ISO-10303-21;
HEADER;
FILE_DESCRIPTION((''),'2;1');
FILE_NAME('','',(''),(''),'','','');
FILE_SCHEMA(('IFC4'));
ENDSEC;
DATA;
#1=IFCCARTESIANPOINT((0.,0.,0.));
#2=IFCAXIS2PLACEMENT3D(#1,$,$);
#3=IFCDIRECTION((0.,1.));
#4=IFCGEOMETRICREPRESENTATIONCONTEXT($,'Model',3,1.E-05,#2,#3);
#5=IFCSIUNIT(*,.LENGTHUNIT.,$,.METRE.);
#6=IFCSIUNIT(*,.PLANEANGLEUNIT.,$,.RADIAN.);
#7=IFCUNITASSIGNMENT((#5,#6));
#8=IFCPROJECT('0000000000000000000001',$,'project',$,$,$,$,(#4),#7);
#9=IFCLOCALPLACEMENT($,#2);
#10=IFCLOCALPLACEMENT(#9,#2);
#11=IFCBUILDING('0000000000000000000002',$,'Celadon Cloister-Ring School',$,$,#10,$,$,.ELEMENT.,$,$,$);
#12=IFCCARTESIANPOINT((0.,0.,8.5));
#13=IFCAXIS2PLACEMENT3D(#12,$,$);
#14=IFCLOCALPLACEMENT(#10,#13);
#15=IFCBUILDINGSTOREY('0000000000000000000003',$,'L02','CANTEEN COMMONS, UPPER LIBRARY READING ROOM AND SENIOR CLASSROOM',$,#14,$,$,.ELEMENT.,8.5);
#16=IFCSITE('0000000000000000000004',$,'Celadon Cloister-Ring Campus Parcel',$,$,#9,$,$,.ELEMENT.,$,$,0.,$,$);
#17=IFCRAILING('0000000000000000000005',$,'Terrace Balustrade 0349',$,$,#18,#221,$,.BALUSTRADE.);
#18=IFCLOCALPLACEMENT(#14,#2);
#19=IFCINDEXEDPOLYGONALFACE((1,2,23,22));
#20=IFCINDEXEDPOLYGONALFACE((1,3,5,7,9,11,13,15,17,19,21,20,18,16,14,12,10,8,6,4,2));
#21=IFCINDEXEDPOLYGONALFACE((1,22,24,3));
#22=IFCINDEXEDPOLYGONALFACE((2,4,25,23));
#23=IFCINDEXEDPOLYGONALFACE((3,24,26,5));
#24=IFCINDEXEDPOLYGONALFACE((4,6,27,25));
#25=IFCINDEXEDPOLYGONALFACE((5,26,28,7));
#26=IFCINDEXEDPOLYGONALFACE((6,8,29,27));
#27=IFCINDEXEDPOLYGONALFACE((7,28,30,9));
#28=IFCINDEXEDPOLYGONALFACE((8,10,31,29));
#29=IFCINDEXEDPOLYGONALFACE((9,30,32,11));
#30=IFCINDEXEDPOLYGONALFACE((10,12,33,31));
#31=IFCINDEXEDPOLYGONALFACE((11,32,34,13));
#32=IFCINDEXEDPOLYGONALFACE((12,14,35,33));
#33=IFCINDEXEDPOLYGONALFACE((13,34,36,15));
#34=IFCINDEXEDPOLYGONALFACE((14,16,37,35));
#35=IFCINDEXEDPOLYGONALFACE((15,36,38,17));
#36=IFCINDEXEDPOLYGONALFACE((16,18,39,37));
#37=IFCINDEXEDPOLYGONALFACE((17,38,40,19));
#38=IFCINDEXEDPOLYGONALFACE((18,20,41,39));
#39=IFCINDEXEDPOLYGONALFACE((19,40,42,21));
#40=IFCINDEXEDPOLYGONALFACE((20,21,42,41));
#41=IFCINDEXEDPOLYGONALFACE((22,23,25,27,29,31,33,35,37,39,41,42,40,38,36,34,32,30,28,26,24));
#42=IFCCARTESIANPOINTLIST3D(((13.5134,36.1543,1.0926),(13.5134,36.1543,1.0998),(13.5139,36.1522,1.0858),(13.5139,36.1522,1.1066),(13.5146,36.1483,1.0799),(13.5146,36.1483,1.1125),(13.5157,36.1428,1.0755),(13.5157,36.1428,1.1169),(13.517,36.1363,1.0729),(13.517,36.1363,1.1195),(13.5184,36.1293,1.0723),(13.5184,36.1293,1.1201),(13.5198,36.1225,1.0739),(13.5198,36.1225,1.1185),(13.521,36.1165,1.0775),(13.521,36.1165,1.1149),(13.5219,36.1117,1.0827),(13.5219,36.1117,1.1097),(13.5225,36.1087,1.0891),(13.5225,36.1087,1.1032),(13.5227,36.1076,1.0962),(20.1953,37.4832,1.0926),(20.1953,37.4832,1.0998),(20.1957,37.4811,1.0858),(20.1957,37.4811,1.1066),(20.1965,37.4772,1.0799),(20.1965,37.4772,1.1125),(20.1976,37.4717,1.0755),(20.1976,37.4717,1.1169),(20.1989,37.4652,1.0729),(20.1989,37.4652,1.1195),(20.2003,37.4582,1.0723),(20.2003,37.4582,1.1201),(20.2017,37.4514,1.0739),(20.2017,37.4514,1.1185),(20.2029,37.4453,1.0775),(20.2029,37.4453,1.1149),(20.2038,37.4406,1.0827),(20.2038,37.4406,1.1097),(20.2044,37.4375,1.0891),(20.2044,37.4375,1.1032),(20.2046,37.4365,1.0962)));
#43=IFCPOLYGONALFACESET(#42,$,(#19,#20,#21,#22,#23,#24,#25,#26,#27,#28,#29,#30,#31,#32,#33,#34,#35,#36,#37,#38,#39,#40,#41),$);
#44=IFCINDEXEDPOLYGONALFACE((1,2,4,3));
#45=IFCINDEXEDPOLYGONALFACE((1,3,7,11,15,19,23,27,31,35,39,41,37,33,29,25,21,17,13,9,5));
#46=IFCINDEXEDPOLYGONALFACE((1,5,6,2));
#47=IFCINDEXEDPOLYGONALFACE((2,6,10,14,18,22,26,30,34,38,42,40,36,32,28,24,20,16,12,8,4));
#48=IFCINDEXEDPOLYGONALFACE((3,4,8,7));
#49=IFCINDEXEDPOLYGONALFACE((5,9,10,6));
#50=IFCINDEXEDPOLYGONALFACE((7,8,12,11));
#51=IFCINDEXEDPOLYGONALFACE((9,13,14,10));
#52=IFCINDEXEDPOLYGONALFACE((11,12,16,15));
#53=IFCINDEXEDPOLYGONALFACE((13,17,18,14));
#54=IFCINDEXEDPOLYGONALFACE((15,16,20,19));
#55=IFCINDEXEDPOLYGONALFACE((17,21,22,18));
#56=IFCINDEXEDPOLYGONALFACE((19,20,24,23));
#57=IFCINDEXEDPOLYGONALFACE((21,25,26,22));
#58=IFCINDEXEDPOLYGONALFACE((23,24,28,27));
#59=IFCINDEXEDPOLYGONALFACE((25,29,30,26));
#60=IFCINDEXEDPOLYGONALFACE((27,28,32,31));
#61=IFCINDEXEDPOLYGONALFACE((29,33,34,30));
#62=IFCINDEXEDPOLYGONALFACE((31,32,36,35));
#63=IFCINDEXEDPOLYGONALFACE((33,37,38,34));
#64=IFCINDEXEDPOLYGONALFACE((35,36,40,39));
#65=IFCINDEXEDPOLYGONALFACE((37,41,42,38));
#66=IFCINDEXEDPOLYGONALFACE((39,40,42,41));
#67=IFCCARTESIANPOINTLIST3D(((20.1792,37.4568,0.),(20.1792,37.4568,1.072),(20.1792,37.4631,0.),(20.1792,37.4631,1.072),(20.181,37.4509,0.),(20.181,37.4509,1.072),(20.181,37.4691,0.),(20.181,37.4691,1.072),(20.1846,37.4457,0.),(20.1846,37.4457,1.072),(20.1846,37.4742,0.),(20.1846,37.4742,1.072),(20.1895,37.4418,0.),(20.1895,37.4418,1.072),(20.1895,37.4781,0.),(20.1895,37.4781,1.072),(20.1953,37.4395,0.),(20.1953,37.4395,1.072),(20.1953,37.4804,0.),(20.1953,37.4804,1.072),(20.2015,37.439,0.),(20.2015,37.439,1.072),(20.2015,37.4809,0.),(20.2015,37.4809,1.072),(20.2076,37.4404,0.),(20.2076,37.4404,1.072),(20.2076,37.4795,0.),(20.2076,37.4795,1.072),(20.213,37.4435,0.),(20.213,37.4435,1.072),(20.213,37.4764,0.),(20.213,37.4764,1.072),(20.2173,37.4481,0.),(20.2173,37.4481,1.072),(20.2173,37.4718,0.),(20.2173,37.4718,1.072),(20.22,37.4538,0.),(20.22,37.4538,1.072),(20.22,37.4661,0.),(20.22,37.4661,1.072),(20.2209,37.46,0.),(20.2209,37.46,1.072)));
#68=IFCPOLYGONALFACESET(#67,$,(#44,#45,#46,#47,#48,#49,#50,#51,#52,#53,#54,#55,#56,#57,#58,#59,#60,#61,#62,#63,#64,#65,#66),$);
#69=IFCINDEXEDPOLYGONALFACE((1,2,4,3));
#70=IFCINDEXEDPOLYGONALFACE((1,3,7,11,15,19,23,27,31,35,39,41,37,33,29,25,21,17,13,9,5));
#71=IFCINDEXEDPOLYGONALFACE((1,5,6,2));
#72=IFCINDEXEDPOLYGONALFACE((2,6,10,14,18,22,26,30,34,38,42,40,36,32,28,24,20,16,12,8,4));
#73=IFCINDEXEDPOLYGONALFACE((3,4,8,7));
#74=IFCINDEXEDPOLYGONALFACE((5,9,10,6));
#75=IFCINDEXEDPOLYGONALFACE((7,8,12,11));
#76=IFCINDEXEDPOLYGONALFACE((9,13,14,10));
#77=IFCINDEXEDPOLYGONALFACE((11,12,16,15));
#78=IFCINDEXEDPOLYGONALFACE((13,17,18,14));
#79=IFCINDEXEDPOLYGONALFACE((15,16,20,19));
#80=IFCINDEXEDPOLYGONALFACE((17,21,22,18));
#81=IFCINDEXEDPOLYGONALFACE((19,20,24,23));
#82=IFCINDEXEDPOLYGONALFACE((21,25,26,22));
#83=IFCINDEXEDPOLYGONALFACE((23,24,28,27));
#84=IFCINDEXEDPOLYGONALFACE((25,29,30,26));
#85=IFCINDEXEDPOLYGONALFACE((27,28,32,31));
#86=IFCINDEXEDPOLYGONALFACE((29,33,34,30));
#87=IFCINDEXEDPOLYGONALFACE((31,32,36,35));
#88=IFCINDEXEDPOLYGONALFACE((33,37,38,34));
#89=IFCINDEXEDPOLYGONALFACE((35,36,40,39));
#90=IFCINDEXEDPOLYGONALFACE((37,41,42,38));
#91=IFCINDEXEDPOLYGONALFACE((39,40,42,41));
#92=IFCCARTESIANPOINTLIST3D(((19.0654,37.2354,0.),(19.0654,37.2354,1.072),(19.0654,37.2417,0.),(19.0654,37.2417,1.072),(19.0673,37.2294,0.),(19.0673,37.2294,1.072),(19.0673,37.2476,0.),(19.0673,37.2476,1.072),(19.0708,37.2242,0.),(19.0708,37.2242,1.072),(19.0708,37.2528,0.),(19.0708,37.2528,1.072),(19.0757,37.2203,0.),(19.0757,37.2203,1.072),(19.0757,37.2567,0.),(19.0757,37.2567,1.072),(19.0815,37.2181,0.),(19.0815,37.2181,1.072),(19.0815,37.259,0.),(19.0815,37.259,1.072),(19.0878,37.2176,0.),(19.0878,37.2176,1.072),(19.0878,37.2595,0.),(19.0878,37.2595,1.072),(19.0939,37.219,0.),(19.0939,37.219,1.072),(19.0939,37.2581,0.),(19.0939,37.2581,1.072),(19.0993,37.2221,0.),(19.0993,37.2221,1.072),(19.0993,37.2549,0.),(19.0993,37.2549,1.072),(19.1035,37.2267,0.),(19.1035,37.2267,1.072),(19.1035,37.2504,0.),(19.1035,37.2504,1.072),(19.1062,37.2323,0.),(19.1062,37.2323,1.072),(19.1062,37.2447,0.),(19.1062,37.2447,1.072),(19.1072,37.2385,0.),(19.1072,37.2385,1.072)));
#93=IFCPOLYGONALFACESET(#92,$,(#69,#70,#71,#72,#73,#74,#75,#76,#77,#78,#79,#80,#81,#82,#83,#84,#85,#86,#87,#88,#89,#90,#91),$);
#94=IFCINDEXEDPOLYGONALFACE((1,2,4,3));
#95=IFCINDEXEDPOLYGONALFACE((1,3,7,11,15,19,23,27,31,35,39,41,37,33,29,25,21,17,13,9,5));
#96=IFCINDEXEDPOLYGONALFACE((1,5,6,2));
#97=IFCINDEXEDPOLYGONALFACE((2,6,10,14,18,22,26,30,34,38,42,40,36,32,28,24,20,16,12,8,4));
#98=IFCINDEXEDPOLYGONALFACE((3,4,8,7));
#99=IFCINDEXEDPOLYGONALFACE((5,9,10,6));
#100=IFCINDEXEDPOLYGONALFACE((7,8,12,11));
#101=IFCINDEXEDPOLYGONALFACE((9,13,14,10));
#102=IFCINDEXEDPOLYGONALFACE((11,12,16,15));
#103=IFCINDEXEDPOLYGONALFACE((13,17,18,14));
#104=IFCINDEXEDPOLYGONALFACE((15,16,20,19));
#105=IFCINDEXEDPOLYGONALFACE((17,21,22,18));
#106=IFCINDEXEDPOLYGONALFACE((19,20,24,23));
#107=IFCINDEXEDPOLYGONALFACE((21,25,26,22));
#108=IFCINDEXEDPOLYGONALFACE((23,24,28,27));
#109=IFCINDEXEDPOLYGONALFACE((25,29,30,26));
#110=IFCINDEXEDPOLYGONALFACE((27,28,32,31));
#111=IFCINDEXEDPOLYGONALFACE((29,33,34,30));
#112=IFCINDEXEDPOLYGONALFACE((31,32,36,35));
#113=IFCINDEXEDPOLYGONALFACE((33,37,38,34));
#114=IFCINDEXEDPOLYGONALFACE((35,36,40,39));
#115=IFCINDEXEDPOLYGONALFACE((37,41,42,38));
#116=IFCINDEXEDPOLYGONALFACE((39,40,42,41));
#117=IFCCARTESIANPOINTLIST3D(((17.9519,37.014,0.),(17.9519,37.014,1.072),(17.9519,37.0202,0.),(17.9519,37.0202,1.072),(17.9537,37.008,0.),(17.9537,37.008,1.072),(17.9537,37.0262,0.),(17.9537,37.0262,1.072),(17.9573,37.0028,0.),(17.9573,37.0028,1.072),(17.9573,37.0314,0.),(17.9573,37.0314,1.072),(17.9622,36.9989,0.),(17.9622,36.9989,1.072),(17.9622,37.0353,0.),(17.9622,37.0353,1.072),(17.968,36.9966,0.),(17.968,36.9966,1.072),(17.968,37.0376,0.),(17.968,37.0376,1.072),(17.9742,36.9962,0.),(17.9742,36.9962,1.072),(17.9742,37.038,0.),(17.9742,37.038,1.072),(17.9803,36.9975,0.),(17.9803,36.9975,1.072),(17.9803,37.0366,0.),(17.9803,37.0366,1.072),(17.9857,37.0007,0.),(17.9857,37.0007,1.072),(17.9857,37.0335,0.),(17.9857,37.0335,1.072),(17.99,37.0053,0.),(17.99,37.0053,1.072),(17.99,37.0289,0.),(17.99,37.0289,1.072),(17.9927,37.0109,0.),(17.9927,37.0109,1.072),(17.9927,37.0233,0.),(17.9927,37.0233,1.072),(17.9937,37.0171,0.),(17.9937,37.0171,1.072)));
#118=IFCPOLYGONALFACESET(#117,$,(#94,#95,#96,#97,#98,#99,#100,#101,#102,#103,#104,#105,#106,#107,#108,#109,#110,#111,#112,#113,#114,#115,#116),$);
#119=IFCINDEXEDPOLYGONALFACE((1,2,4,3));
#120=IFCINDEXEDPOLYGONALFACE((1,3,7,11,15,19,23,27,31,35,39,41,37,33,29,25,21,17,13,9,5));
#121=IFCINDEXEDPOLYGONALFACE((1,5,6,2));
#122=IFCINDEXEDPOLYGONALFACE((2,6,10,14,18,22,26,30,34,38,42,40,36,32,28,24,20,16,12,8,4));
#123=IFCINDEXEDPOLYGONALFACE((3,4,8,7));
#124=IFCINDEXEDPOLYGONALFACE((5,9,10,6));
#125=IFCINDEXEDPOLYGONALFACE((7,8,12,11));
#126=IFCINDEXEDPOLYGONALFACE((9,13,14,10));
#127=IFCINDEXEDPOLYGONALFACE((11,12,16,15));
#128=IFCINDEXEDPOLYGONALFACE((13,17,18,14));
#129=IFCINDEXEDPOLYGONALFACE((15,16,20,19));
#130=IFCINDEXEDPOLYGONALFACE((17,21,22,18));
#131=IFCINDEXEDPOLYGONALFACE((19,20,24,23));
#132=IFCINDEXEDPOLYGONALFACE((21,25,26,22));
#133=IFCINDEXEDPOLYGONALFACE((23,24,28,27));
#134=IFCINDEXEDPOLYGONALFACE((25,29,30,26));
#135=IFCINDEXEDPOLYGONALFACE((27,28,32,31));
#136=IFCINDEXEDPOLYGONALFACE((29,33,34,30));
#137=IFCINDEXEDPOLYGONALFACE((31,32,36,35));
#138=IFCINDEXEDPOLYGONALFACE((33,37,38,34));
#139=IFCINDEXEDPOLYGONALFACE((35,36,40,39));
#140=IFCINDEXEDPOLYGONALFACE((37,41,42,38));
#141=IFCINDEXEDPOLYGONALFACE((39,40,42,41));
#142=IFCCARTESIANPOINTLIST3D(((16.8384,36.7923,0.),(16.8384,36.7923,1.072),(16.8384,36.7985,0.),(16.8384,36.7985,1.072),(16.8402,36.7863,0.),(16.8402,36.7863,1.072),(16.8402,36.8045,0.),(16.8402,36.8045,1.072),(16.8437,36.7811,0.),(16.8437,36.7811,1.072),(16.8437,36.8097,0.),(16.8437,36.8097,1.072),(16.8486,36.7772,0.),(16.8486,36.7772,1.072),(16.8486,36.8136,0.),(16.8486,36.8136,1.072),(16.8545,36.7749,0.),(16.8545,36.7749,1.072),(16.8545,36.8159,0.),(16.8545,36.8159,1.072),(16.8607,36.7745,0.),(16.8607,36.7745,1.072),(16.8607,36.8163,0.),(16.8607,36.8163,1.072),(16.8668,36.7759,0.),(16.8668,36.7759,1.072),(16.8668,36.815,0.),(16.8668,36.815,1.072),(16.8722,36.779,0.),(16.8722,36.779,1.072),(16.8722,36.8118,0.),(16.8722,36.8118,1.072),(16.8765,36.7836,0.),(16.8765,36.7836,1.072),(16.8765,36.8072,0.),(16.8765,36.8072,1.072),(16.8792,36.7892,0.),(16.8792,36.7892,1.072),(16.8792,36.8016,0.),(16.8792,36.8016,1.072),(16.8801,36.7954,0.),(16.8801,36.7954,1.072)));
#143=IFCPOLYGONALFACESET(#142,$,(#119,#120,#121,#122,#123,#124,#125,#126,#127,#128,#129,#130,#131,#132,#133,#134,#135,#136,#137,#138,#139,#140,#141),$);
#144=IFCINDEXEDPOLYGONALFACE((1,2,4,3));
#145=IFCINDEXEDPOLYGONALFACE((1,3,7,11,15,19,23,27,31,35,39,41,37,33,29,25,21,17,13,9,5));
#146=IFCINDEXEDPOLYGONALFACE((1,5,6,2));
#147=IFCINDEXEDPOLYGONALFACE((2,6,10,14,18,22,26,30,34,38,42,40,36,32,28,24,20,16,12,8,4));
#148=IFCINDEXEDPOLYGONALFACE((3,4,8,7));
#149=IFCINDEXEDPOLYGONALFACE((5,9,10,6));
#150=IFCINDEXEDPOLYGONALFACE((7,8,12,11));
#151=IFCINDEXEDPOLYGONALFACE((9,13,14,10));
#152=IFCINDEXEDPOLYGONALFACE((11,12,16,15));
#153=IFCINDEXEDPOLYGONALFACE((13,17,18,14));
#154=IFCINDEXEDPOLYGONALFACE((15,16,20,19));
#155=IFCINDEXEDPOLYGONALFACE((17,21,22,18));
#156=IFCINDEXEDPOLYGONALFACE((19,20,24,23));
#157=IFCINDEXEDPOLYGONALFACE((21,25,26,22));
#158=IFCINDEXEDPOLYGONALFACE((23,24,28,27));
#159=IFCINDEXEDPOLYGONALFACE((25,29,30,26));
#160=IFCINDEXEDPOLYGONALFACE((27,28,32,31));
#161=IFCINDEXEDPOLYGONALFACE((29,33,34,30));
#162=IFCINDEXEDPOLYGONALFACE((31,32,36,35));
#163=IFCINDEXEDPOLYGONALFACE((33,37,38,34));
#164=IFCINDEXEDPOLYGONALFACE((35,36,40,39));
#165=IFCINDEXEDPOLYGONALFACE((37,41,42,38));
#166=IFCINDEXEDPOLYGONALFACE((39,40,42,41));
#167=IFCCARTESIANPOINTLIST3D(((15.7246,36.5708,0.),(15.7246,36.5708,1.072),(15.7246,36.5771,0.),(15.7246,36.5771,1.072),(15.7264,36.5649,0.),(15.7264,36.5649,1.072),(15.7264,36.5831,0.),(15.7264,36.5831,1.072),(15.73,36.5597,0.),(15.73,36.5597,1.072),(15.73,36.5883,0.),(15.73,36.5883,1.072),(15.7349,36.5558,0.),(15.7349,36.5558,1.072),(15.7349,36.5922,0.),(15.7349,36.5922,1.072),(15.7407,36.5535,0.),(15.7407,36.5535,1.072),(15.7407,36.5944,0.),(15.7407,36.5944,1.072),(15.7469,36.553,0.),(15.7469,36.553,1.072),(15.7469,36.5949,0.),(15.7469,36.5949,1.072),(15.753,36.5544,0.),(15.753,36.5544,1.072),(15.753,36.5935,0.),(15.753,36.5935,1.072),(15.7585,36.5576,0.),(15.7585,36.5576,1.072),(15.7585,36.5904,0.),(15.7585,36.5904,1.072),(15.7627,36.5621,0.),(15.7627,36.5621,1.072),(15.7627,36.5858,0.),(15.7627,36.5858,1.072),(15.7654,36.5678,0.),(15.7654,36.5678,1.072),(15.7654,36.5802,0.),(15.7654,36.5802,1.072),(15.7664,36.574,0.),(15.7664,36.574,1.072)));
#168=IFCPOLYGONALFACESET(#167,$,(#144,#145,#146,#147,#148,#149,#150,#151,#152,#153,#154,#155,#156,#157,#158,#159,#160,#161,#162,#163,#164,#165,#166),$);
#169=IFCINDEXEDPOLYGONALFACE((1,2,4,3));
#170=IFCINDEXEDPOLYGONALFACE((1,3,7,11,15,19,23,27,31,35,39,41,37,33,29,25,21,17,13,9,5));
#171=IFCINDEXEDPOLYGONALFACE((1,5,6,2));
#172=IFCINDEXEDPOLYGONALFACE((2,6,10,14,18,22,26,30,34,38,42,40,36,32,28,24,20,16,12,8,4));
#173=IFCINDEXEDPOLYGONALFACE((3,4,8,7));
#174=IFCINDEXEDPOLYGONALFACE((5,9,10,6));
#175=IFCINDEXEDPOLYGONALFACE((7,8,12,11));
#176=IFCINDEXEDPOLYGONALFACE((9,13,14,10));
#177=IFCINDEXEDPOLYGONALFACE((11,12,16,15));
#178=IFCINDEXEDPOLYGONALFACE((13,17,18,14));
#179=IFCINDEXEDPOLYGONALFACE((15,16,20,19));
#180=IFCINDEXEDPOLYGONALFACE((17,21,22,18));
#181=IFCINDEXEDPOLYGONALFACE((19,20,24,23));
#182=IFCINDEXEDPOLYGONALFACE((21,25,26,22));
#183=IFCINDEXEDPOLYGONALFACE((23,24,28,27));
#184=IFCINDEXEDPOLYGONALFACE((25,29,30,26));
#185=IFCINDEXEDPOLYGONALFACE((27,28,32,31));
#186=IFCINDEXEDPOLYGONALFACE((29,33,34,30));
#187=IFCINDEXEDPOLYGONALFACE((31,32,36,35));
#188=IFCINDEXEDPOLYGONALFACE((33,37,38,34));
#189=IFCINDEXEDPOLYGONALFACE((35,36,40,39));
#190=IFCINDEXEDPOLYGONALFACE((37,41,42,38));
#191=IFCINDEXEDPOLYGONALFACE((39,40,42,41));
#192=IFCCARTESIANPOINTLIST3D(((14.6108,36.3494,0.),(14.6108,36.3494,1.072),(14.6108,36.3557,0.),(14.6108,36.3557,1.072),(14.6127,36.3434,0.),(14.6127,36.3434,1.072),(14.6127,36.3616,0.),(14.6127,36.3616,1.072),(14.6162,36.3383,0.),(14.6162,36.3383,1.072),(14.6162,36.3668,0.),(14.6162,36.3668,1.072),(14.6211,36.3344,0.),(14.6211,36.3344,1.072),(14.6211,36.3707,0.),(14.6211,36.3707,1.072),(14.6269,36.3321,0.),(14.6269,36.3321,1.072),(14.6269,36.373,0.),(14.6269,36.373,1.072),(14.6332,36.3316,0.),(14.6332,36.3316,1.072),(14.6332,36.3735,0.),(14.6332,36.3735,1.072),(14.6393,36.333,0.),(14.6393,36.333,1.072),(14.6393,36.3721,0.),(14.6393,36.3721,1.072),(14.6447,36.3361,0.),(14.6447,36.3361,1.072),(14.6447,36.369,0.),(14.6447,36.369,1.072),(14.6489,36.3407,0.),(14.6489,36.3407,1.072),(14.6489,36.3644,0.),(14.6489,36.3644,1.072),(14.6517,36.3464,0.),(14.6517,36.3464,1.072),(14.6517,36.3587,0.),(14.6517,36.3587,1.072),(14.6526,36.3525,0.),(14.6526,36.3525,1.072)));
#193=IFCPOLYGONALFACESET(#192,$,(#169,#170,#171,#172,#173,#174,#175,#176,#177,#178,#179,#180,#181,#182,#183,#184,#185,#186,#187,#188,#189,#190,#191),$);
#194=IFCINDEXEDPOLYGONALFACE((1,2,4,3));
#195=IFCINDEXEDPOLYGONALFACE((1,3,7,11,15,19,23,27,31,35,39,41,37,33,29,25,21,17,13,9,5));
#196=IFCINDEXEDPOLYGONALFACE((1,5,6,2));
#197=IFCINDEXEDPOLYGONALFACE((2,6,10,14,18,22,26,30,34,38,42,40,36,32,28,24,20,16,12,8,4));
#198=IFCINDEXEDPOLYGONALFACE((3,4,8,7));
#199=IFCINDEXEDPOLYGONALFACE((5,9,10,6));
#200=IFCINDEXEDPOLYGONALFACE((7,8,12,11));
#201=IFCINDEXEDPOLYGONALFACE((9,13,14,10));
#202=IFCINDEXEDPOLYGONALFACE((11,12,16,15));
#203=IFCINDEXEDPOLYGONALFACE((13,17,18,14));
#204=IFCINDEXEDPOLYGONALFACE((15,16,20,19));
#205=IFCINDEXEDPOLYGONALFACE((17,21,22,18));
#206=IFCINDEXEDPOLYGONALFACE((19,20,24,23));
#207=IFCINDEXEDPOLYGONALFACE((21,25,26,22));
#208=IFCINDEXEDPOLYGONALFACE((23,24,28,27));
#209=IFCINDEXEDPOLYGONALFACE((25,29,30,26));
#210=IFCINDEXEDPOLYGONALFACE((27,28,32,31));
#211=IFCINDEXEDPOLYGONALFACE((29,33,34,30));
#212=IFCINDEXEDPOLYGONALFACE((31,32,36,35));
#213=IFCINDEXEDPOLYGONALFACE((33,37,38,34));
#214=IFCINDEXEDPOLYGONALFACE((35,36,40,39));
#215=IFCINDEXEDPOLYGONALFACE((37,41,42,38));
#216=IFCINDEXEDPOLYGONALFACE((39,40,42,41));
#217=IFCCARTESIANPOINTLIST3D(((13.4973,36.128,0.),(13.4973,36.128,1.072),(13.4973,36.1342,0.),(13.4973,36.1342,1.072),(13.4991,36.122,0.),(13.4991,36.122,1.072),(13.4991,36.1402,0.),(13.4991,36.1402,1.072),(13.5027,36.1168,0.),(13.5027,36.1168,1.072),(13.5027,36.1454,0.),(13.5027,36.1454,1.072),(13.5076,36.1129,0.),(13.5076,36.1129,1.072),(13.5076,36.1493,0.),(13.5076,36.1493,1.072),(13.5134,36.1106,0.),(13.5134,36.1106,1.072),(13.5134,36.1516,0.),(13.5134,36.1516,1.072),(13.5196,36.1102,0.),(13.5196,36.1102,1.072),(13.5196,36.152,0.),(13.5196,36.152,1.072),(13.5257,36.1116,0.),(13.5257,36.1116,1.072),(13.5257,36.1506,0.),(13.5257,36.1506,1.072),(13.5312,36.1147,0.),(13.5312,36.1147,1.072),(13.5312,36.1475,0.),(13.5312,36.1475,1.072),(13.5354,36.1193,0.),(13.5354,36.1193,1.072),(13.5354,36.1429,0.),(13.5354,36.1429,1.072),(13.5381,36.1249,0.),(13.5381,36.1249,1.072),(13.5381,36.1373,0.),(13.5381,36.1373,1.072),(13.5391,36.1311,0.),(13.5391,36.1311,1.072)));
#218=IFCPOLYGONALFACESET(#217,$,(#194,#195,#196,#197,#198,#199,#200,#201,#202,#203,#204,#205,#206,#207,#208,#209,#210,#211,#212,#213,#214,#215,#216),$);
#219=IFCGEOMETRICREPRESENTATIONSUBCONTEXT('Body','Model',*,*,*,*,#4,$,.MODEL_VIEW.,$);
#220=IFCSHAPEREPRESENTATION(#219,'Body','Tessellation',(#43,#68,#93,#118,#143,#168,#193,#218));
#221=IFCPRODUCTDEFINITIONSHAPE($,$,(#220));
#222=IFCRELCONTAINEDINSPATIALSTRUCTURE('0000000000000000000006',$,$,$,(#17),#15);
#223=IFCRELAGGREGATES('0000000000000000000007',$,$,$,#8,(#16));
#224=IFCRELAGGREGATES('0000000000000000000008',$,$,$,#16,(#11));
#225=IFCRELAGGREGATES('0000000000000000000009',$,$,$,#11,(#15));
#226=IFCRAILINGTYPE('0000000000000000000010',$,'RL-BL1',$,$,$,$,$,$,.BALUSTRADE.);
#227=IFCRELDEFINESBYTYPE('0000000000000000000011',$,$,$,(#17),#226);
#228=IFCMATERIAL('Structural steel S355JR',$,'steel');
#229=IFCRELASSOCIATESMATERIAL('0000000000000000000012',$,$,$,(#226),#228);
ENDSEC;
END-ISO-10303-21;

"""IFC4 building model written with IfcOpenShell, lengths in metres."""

from ifc_helpers import new_model, si_unit, direction, frame, origin, origin_2d, place, context, subcontext, project, spatial, circle, extrude, material, type_object, element, save


model = new_model("IFC4")

# Units and contexts
model_context = context("Model", 3, precision=1e-05, world=origin(), true_north=direction((0.0, 1.0)))
body_context = subcontext(model_context, "Body", "Model", "MODEL_VIEW")
ifc_project = project(units=[si_unit("LENGTHUNIT", "METRE"), si_unit("PLANEANGLEUNIT", "RADIAN")], contexts=[model_context])

# Site, building, storey
site_placement = place(None, origin())
site = spatial("IfcSite", under=ifc_project, at=site_placement, Name="Celadon Cloister-Ring Campus Parcel", CompositionType="ELEMENT", RefElevation=0.0)
building_placement = place(site_placement, origin())
building = spatial("IfcBuilding", under=site, at=building_placement, Name="Celadon Cloister-Ring School", CompositionType="ELEMENT")
storey_placement = place(building_placement, frame((0.0, 0.0, 8.5)))
storey = spatial("IfcBuildingStorey", under=building, at=storey_placement, Name="L02", Description="CANTEEN COMMONS, UPPER LIBRARY READING ROOM AND SENIOR CLASSROOM", CompositionType="ELEMENT", Elevation=8.5)

# Railing
ifc_material_1 = material(Name="Structural steel S355JR", Category="steel")
railing_type = type_object("IfcRailingType", Name="RL-BL1", PredefinedType="BALUSTRADE", material=ifc_material_1)
railing_placement = place(storey_placement, frame((20.2, 37.46, 0.0)))
element("IfcRailing", 1, at=railing_placement, inside=storey, type_object=railing_type, Name="Terrace Balustrade 0349", PredefinedType="BALUSTRADE", context=body_context, shape_type="SweptSolid", body=[
    extrude(circle(Radius=0.0239, at=origin_2d()), frame((0.0, 0.0, 1.0962), z_axis=(-0.980792, -0.195055, 0.0), x_axis=(0.195055, -0.980792, 0.0)), (0.0, 0.0, 1.0), 6.8127),
    extrude(circle(Radius=0.021, at=origin_2d()), origin(), (0.0, 0.0, 1.0), 1.072),
    extrude(circle(Radius=0.021, at=origin_2d()), frame((-1.1138, -0.2214, 0.0)), (0.0, 0.0, 1.0), 1.072),
    extrude(circle(Radius=0.021, at=origin_2d()), frame((-2.2273, -0.4429, 0.0)), (0.0, 0.0, 1.0), 1.072),
    extrude(circle(Radius=0.021, at=origin_2d()), frame((-3.3408, -0.6646, 0.0)), (0.0, 0.0, 1.0), 1.072),
    extrude(circle(Radius=0.021, at=origin_2d()), frame((-4.4546, -0.886, 0.0)), (0.0, 0.0, 1.0), 1.072),
    extrude(circle(Radius=0.021, at=origin_2d()), frame((-5.5684, -1.1074, 0.0)), (0.0, 0.0, 1.0), 1.072),
    extrude(circle(Radius=0.021, at=origin_2d()), frame((-6.6819, -1.3289, 0.0)), (0.0, 0.0, 1.0), 1.072),
])

save(model, "model.ifc")
